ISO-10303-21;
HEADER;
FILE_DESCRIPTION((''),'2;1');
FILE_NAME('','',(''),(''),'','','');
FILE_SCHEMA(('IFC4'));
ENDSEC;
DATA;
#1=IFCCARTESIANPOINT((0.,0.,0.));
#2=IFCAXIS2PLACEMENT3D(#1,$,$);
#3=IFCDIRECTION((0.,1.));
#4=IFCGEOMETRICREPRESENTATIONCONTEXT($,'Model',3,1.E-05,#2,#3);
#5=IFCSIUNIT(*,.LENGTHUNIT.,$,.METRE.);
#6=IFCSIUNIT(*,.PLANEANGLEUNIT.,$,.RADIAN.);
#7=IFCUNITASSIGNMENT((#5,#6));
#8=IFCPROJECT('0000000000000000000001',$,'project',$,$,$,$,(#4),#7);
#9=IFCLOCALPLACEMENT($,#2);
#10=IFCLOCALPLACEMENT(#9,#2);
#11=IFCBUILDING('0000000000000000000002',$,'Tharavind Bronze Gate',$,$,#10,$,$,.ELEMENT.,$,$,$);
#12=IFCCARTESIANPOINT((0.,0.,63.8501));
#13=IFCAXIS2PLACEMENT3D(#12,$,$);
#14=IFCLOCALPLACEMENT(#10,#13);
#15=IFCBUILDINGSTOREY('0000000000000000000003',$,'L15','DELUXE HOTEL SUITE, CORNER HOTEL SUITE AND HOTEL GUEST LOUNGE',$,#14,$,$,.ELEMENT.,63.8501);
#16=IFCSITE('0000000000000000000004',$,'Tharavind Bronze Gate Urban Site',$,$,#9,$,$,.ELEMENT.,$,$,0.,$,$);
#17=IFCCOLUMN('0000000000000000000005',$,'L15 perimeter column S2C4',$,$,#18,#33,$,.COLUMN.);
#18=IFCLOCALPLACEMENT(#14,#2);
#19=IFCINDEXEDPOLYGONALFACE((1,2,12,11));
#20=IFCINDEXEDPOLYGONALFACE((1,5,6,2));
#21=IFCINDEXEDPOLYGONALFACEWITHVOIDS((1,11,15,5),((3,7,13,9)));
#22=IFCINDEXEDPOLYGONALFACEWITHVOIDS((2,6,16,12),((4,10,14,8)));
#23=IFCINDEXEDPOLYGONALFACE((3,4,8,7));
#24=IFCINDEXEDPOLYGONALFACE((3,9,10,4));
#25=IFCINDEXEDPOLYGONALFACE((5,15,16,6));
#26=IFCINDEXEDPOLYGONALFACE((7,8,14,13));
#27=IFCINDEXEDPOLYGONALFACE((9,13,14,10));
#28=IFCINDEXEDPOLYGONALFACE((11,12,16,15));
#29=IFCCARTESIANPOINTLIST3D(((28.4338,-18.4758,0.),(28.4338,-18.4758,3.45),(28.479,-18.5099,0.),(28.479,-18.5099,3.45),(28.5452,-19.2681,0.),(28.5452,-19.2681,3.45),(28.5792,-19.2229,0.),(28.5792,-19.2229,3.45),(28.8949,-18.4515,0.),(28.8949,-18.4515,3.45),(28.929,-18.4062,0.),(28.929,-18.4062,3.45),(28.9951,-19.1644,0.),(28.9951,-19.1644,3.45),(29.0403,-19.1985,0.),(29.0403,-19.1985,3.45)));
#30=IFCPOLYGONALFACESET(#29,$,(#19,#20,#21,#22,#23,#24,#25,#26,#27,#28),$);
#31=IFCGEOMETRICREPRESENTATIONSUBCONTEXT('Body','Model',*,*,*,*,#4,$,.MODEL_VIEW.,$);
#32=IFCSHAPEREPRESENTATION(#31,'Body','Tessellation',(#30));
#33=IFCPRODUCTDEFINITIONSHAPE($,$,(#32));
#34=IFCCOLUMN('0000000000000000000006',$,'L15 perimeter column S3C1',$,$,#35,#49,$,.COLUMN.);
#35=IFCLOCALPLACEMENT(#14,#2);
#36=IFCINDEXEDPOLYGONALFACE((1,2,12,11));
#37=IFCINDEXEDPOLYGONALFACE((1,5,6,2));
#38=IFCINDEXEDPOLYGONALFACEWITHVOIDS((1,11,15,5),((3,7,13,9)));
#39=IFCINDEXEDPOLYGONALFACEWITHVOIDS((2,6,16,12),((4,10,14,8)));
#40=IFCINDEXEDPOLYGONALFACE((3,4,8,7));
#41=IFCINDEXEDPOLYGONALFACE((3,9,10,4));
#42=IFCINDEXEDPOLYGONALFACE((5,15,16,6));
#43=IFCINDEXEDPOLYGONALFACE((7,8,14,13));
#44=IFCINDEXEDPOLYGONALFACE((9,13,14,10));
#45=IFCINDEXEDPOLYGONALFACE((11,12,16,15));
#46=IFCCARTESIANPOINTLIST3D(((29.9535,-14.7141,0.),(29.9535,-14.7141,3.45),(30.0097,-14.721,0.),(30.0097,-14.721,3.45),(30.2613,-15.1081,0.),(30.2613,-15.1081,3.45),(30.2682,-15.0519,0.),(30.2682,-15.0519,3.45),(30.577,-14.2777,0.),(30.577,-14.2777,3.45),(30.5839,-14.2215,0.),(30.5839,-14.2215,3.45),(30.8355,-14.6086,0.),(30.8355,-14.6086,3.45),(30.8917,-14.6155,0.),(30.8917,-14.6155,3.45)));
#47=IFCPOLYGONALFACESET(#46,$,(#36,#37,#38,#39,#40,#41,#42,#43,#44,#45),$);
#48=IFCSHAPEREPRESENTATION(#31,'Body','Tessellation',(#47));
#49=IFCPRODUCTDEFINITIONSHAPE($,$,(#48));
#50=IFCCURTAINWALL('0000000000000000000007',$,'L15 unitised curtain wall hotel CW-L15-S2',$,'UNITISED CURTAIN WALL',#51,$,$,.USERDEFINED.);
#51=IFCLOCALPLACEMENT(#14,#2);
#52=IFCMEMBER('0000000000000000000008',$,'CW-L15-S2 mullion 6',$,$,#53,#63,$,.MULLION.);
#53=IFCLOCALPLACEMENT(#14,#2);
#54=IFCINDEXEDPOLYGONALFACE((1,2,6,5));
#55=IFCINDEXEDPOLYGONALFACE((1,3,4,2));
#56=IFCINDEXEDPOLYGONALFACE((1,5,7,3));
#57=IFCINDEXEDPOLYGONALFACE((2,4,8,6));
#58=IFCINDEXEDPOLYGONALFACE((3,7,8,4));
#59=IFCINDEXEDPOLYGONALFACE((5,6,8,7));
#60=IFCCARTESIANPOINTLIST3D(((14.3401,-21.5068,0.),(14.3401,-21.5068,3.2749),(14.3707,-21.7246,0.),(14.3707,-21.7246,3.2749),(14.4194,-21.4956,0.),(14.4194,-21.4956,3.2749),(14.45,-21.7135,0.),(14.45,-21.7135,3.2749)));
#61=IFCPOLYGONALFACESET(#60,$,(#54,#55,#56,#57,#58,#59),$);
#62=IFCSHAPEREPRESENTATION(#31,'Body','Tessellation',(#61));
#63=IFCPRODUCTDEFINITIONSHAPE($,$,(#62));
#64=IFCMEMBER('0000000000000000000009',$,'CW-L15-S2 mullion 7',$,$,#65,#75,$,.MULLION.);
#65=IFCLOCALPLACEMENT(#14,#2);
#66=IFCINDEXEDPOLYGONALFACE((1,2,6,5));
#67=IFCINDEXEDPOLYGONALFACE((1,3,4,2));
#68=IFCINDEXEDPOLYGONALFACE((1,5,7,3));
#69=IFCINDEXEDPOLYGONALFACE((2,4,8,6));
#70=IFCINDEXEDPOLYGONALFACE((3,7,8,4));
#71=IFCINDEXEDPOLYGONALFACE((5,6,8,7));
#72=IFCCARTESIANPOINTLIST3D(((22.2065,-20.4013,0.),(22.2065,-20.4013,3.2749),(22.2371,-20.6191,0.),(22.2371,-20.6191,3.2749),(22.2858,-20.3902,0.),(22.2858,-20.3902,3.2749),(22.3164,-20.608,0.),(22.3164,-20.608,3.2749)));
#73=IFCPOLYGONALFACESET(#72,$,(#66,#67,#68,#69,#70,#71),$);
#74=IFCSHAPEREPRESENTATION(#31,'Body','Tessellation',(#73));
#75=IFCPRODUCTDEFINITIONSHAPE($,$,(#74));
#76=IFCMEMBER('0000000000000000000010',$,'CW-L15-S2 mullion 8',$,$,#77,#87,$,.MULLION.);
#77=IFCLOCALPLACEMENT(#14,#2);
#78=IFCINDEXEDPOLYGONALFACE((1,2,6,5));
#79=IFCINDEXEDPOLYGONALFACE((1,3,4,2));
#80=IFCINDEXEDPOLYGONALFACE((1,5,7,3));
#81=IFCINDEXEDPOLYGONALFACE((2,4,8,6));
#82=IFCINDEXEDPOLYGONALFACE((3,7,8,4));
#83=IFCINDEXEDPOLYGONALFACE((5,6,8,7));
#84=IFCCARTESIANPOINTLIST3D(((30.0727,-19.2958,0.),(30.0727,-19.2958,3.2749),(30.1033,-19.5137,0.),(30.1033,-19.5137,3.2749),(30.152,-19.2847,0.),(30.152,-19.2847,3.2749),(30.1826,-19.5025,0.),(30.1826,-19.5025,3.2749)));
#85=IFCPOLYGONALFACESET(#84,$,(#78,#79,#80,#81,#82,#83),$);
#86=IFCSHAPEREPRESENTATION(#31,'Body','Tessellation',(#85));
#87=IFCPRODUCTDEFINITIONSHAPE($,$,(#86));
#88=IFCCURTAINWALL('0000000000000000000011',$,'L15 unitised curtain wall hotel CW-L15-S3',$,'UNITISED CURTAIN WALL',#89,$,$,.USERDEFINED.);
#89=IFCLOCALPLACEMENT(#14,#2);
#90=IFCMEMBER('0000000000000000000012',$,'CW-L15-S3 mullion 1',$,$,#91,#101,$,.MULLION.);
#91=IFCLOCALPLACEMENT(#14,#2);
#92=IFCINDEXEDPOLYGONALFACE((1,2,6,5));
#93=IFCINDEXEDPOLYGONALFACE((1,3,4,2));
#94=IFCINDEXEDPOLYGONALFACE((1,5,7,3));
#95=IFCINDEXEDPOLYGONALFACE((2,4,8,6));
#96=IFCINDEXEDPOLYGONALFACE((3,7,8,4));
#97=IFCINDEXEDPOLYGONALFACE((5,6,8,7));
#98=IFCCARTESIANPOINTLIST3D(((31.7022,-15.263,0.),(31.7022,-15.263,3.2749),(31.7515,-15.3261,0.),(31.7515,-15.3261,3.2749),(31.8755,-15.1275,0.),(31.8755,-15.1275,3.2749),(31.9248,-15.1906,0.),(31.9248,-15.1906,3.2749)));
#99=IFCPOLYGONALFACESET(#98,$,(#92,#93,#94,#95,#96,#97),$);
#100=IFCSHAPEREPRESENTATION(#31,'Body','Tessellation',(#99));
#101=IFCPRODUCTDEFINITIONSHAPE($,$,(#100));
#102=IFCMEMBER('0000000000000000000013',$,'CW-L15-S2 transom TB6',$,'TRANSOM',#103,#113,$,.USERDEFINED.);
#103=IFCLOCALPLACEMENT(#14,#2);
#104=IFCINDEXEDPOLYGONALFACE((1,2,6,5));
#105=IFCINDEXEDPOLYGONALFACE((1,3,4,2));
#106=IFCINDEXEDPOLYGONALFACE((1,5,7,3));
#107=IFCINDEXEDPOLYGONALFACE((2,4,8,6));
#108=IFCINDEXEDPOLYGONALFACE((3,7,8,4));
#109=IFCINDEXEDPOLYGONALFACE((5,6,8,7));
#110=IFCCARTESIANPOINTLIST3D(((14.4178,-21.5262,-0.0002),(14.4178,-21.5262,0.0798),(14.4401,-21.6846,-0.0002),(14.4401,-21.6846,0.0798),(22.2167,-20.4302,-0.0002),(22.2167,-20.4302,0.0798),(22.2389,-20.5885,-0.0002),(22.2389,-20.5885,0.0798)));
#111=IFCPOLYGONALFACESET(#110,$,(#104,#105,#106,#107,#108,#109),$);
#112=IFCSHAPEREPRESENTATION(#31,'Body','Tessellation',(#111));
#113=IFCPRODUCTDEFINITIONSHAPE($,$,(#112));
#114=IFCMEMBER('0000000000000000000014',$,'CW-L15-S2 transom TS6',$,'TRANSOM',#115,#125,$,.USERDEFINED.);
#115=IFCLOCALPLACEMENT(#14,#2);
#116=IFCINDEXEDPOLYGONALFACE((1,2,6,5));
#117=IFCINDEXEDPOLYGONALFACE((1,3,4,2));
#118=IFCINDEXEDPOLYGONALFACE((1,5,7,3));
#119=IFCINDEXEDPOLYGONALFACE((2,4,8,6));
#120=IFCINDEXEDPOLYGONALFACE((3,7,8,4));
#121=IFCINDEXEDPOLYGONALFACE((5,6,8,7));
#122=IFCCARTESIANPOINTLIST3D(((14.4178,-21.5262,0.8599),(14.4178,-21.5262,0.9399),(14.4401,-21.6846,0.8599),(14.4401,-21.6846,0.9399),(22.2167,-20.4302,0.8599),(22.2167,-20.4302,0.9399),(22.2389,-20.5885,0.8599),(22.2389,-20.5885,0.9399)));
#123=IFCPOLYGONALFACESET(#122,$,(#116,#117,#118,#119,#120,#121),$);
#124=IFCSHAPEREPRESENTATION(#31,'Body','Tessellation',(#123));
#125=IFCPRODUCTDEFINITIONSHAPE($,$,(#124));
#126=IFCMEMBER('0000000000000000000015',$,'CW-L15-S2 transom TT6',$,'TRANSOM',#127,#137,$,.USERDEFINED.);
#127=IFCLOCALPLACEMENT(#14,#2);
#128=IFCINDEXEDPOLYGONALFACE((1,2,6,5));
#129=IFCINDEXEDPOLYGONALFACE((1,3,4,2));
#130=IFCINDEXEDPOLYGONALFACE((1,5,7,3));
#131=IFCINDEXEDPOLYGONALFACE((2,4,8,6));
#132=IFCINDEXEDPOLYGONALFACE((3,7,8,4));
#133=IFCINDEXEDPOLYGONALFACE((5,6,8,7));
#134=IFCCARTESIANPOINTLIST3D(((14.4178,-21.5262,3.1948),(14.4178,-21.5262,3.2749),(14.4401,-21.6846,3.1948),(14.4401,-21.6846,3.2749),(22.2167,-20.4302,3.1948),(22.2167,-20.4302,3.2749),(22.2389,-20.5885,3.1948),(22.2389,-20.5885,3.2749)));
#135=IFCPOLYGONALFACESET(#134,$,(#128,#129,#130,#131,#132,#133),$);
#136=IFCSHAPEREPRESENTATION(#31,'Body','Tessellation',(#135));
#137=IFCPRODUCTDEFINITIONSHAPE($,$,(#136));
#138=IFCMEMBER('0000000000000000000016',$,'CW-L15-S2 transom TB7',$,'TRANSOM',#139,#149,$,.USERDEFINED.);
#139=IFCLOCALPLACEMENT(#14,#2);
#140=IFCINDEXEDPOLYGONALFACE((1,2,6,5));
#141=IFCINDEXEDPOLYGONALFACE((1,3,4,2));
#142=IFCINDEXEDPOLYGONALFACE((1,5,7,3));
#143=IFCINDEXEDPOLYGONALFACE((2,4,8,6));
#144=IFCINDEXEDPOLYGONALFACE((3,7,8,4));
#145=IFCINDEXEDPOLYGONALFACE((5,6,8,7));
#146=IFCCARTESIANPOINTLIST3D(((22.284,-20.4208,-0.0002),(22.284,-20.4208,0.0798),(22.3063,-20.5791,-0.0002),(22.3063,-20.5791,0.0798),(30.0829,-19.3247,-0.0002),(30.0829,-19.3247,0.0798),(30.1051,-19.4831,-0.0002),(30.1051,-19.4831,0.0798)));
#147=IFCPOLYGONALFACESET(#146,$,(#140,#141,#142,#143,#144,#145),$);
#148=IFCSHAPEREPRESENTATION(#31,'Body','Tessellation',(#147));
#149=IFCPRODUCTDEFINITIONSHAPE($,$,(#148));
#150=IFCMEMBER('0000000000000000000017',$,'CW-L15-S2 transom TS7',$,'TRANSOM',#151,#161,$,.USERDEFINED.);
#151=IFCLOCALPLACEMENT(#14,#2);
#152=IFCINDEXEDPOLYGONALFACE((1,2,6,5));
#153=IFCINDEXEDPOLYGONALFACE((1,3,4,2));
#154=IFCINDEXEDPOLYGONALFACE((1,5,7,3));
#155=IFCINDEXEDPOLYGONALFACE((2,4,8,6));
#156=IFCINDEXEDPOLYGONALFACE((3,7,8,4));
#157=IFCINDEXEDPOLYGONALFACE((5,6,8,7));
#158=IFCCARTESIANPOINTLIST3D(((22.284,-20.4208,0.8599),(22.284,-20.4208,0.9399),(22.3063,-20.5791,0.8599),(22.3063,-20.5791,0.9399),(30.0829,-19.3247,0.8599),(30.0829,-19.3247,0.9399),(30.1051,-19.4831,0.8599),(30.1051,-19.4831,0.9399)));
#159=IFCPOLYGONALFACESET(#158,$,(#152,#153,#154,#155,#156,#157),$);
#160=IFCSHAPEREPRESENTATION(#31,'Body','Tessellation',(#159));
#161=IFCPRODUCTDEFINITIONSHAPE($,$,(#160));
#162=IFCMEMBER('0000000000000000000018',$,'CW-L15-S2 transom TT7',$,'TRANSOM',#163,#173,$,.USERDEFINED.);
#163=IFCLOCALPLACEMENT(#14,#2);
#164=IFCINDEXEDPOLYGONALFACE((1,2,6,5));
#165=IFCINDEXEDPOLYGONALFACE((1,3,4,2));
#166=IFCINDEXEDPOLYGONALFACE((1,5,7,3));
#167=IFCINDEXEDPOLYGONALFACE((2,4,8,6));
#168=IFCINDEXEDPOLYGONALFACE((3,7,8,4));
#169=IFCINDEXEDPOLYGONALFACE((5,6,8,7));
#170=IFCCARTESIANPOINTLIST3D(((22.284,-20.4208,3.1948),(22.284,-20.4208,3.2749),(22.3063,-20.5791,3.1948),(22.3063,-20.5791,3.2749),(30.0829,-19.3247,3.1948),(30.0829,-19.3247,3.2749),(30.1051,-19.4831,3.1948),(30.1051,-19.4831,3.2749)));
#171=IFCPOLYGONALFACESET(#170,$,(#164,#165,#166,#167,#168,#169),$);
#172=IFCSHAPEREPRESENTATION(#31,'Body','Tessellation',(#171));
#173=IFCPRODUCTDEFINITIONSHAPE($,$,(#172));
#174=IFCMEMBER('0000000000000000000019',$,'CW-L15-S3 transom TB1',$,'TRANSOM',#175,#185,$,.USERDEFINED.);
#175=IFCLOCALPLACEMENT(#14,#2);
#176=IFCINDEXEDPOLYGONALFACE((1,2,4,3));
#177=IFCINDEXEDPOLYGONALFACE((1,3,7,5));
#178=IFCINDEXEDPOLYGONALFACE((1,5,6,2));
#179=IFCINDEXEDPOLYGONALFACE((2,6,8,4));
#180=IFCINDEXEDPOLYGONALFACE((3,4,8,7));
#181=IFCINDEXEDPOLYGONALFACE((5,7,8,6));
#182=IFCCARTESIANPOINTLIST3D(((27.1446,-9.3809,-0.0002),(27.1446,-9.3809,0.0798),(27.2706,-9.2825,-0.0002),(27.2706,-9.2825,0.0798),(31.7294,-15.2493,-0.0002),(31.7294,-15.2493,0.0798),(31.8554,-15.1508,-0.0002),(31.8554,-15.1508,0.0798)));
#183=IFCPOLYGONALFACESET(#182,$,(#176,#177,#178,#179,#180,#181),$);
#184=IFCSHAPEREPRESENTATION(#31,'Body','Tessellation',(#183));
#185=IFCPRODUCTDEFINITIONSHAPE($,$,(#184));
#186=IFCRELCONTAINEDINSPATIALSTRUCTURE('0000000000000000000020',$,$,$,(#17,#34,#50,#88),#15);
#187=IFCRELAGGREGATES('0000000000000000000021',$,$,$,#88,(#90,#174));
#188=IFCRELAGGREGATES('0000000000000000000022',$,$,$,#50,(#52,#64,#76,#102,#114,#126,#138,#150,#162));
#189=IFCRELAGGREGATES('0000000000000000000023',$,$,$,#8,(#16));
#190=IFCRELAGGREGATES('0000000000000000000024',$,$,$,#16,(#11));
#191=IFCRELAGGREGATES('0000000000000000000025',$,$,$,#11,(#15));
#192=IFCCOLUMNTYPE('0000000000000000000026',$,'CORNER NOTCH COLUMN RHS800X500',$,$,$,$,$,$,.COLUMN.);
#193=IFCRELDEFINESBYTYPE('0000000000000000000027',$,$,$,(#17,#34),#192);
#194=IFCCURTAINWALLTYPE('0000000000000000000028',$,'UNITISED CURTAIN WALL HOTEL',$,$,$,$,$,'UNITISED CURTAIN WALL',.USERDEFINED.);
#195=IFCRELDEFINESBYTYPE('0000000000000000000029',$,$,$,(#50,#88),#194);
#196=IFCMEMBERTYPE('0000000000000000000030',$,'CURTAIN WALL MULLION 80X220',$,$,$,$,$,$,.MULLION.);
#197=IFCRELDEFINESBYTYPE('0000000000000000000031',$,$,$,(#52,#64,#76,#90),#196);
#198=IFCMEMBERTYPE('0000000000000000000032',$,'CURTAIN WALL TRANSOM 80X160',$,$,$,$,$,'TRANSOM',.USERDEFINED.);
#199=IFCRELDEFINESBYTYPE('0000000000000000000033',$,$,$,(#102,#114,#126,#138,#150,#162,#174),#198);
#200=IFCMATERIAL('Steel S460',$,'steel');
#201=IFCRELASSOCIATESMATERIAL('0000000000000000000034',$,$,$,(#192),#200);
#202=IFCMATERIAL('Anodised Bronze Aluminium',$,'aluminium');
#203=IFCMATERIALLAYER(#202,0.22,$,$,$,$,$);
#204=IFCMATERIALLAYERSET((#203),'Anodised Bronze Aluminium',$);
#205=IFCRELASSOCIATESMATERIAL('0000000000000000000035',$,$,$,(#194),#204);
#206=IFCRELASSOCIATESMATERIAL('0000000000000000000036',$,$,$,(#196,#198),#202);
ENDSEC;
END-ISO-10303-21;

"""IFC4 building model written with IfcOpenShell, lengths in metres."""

from ifc_helpers import new_model, si_unit, direction, frame, origin, origin_2d, place, context, subcontext, project, spatial, rectangle, hollow_rectangle, extrude, material, layer, layer_set, material_profile, profile_set, type_object, element, aggregate, save


model = new_model("IFC4")

# Units and contexts
model_context = context("Model", 3, precision=1e-05, world=origin(), true_north=direction((0.0, 1.0)))
body_context = subcontext(model_context, "Body", "Model", "MODEL_VIEW")
ifc_project = project(units=[si_unit("LENGTHUNIT", "METRE"), si_unit("PLANEANGLEUNIT", "RADIAN")], contexts=[model_context])

# Site, building, storey
site_placement = place(None, origin())
site = spatial("IfcSite", under=ifc_project, at=site_placement, Name="Tharavind Bronze Gate Urban Site", CompositionType="ELEMENT", RefElevation=0.0)
building_placement = place(site_placement, origin())
building = spatial("IfcBuilding", under=site, at=building_placement, Name="Tharavind Bronze Gate", CompositionType="ELEMENT")
storey_placement = place(building_placement, frame((0.0, 0.0, 63.8501)))
storey = spatial("IfcBuildingStorey", under=building, at=storey_placement, Name="L15", Description="DELUXE HOTEL SUITE, CORNER HOTEL SUITE AND HOTEL GUEST LOUNGE", CompositionType="ELEMENT", Elevation=63.8501)

# Columns
ifc_material_1 = material(Name="Steel S460", Category="steel")
ifc_material_profile_1 = material_profile(ifc_material_1, hollow_rectangle(XDim=0.5, YDim=0.8, WallThickness=0.04, at=origin_2d()), Name="RHS800X500X40")
ifc_profile_set_1 = profile_set([ifc_material_profile_1], Name="Steel S460")
column_type = type_object("IfcColumnType", Name="CORNER NOTCH COLUMN RHS800X500", PredefinedType="COLUMN", material=ifc_profile_set_1)
for number, where, z_axis, x_axis, name in (
    (1, (28.7371, -18.8372, 0.0), (0.0, 0.0, 1.0), (0.990268, 0.139173, 0.0), "L15 perimeter column S2C4"),
    (2, (30.4226, -14.6648, 0.0), (0.0, 0.0, 1.0), (-0.615661, 0.788011, 0.0), "L15 perimeter column S3C1"),
):
    element("IfcColumn", number, at=place(storey_placement, frame(where, z_axis=z_axis, x_axis=x_axis)), inside=storey, type_object=column_type, Name=name, PredefinedType="COLUMN", context=body_context, shape_type="SweptSolid", body=[
        extrude(hollow_rectangle(XDim=0.5, YDim=0.8, WallThickness=0.04, at=origin_2d()), origin(), (0.0, 0.0, 1.0), 3.45),
    ])

# Curtain wall, members
ifc_material_2 = material(Name="Anodised Bronze Aluminium", Category="aluminium")
ifc_layer_1 = layer(ifc_material_2, 0.22)
ifc_layer_set_1 = layer_set([ifc_layer_1], Name="Anodised Bronze Aluminium")
curtain_wall_type = type_object("IfcCurtainWallType", Name="UNITISED CURTAIN WALL HOTEL", ElementType="UNITISED CURTAIN WALL", PredefinedType="USERDEFINED", material=ifc_layer_set_1)
curtain_wall_1_placement = place(storey_placement, origin())
curtain_wall_1 = element("IfcCurtainWall", 3, at=curtain_wall_1_placement, inside=storey, type_object=curtain_wall_type, Name="L15 unitised curtain wall hotel CW-L15-S2", ObjectType="UNITISED CURTAIN WALL", PredefinedType="USERDEFINED")
member_type_1 = type_object("IfcMemberType", Name="CURTAIN WALL MULLION 80X220", PredefinedType="MULLION", material=ifc_material_2)
member_1_placement = place(storey_placement, frame((14.395, -21.6101, 0.0), z_axis=(0.0, 0.0, 1.0), x_axis=(0.990268, 0.139173, 0.0)))
member_1 = element("IfcMember", 4, at=member_1_placement, type_object=member_type_1, Name="CW-L15-S2 mullion 6", PredefinedType="MULLION", context=body_context, shape_type="SweptSolid", body=[
    extrude(rectangle(XDim=0.0801, YDim=0.22, at=origin_2d()), origin(), (0.0, 0.0, 1.0), 3.2749),
])
member_2_placement = place(storey_placement, frame((22.2615, -20.5046, 0.0), z_axis=(0.0, 0.0, 1.0), x_axis=(0.990268, 0.139173, 0.0)))
member_2 = element("IfcMember", 5, at=member_2_placement, type_object=member_type_1, Name="CW-L15-S2 mullion 7", PredefinedType="MULLION", context=body_context, shape_type="SweptSolid", body=[
    extrude(rectangle(XDim=0.0801, YDim=0.22, at=origin_2d()), origin(), (0.0, 0.0, 1.0), 3.2749),
])
member_3_placement = place(storey_placement, frame((30.1277, -19.3992, 0.0), z_axis=(0.0, 0.0, 1.0), x_axis=(0.990268, 0.139173, 0.0)))
member_3 = element("IfcMember", 6, at=member_3_placement, type_object=member_type_1, Name="CW-L15-S2 mullion 8", PredefinedType="MULLION", context=body_context, shape_type="SweptSolid", body=[
    extrude(rectangle(XDim=0.0801, YDim=0.22, at=origin_2d()), origin(), (0.0, 0.0, 1.0), 3.2749),
])

# Curtain wall, member
curtain_wall_2_placement = place(storey_placement, origin())
curtain_wall_2 = element("IfcCurtainWall", 7, at=curtain_wall_2_placement, inside=storey, type_object=curtain_wall_type, Name="L15 unitised curtain wall hotel CW-L15-S3", ObjectType="UNITISED CURTAIN WALL", PredefinedType="USERDEFINED")
member_4_placement = place(storey_placement, frame((31.8135, -15.2268, 0.0), z_axis=(0.0, 0.0, 1.0), x_axis=(-0.615661, 0.788011, 0.0)))
member_4 = element("IfcMember", 8, at=member_4_placement, type_object=member_type_1, Name="CW-L15-S3 mullion 1", PredefinedType="MULLION", context=body_context, shape_type="SweptSolid", body=[
    extrude(rectangle(XDim=0.0801, YDim=0.22, at=origin_2d()), origin(), (0.0, 0.0, 1.0), 3.2749),
])

# Members
member_type_2 = type_object("IfcMemberType", Name="CURTAIN WALL TRANSOM 80X160", ElementType="TRANSOM", PredefinedType="USERDEFINED", material=ifc_material_2)
member_5_placement = place(storey_placement, frame((18.3284, -21.0574, -0.0002), z_axis=(0.0, 0.0, 1.0), x_axis=(0.990268, 0.139173, 0.0)))
member_5 = element("IfcMember", 9, at=member_5_placement, type_object=member_type_2, Name="CW-L15-S2 transom TB6", ObjectType="TRANSOM", PredefinedType="USERDEFINED", context=body_context, shape_type="SweptSolid", body=[
    extrude(rectangle(XDim=7.8755, YDim=0.1599, at=origin_2d()), origin(), (0.0, 0.0, 1.0), 0.0801),
])
member_6_placement = place(storey_placement, frame((18.3284, -21.0574, 0.8599), z_axis=(0.0, 0.0, 1.0), x_axis=(0.990268, 0.139173, 0.0)))
member_6 = element("IfcMember", 10, at=member_6_placement, type_object=member_type_2, Name="CW-L15-S2 transom TS6", ObjectType="TRANSOM", PredefinedType="USERDEFINED", context=body_context, shape_type="SweptSolid", body=[
    extrude(rectangle(XDim=7.8755, YDim=0.1599, at=origin_2d()), origin(), (0.0, 0.0, 1.0), 0.0801),
])
member_7_placement = place(storey_placement, frame((18.3284, -21.0574, 3.1948), z_axis=(0.0, 0.0, 1.0), x_axis=(0.990268, 0.139173, 0.0)))
member_7 = element("IfcMember", 11, at=member_7_placement, type_object=member_type_2, Name="CW-L15-S2 transom TT6", ObjectType="TRANSOM", PredefinedType="USERDEFINED", context=body_context, shape_type="SweptSolid", body=[
    extrude(rectangle(XDim=7.8755, YDim=0.1599, at=origin_2d()), origin(), (0.0, 0.0, 1.0), 0.0801),
])
member_8_placement = place(storey_placement, frame((26.1946, -19.9519, -0.0002), z_axis=(0.0, 0.0, 1.0), x_axis=(0.990268, 0.139173, 0.0)))
member_8 = element("IfcMember", 12, at=member_8_placement, type_object=member_type_2, Name="CW-L15-S2 transom TB7", ObjectType="TRANSOM", PredefinedType="USERDEFINED", context=body_context, shape_type="SweptSolid", body=[
    extrude(rectangle(XDim=7.8755, YDim=0.1599, at=origin_2d()), origin(), (0.0, 0.0, 1.0), 0.0801),
])
member_9_placement = place(storey_placement, frame((26.1946, -19.9519, 0.8599), z_axis=(0.0, 0.0, 1.0), x_axis=(0.990268, 0.139173, 0.0)))
member_9 = element("IfcMember", 13, at=member_9_placement, type_object=member_type_2, Name="CW-L15-S2 transom TS7", ObjectType="TRANSOM", PredefinedType="USERDEFINED", context=body_context, shape_type="SweptSolid", body=[
    extrude(rectangle(XDim=7.8755, YDim=0.1599, at=origin_2d()), origin(), (0.0, 0.0, 1.0), 0.0801),
])
member_10_placement = place(storey_placement, frame((26.1946, -19.9519, 3.1948), z_axis=(0.0, 0.0, 1.0), x_axis=(0.990268, 0.139173, 0.0)))
member_10 = element("IfcMember", 14, at=member_10_placement, type_object=member_type_2, Name="CW-L15-S2 transom TT7", ObjectType="TRANSOM", PredefinedType="USERDEFINED", context=body_context, shape_type="SweptSolid", body=[
    extrude(rectangle(XDim=7.8755, YDim=0.1599, at=origin_2d()), origin(), (0.0, 0.0, 1.0), 0.0801),
])
member_11_placement = place(storey_placement, frame((29.5, -12.2659, -0.0002), z_axis=(0.0, 0.0, 1.0), x_axis=(-0.615661, 0.788011, 0.0)))
member_11 = element("IfcMember", 15, at=member_11_placement, type_object=member_type_2, Name="CW-L15-S3 transom TB1", ObjectType="TRANSOM", PredefinedType="USERDEFINED", context=body_context, shape_type="SweptSolid", body=[
    extrude(rectangle(XDim=7.447, YDim=0.1599, at=origin_2d()), origin(), (0.0, 0.0, 1.0), 0.0801),
])
aggregate(curtain_wall_2, [member_4, member_11])

aggregate(curtain_wall_1, [member_1, member_2, member_3, member_5, member_6, member_7, member_8, member_9, member_10])

save(model, "model.ifc")
